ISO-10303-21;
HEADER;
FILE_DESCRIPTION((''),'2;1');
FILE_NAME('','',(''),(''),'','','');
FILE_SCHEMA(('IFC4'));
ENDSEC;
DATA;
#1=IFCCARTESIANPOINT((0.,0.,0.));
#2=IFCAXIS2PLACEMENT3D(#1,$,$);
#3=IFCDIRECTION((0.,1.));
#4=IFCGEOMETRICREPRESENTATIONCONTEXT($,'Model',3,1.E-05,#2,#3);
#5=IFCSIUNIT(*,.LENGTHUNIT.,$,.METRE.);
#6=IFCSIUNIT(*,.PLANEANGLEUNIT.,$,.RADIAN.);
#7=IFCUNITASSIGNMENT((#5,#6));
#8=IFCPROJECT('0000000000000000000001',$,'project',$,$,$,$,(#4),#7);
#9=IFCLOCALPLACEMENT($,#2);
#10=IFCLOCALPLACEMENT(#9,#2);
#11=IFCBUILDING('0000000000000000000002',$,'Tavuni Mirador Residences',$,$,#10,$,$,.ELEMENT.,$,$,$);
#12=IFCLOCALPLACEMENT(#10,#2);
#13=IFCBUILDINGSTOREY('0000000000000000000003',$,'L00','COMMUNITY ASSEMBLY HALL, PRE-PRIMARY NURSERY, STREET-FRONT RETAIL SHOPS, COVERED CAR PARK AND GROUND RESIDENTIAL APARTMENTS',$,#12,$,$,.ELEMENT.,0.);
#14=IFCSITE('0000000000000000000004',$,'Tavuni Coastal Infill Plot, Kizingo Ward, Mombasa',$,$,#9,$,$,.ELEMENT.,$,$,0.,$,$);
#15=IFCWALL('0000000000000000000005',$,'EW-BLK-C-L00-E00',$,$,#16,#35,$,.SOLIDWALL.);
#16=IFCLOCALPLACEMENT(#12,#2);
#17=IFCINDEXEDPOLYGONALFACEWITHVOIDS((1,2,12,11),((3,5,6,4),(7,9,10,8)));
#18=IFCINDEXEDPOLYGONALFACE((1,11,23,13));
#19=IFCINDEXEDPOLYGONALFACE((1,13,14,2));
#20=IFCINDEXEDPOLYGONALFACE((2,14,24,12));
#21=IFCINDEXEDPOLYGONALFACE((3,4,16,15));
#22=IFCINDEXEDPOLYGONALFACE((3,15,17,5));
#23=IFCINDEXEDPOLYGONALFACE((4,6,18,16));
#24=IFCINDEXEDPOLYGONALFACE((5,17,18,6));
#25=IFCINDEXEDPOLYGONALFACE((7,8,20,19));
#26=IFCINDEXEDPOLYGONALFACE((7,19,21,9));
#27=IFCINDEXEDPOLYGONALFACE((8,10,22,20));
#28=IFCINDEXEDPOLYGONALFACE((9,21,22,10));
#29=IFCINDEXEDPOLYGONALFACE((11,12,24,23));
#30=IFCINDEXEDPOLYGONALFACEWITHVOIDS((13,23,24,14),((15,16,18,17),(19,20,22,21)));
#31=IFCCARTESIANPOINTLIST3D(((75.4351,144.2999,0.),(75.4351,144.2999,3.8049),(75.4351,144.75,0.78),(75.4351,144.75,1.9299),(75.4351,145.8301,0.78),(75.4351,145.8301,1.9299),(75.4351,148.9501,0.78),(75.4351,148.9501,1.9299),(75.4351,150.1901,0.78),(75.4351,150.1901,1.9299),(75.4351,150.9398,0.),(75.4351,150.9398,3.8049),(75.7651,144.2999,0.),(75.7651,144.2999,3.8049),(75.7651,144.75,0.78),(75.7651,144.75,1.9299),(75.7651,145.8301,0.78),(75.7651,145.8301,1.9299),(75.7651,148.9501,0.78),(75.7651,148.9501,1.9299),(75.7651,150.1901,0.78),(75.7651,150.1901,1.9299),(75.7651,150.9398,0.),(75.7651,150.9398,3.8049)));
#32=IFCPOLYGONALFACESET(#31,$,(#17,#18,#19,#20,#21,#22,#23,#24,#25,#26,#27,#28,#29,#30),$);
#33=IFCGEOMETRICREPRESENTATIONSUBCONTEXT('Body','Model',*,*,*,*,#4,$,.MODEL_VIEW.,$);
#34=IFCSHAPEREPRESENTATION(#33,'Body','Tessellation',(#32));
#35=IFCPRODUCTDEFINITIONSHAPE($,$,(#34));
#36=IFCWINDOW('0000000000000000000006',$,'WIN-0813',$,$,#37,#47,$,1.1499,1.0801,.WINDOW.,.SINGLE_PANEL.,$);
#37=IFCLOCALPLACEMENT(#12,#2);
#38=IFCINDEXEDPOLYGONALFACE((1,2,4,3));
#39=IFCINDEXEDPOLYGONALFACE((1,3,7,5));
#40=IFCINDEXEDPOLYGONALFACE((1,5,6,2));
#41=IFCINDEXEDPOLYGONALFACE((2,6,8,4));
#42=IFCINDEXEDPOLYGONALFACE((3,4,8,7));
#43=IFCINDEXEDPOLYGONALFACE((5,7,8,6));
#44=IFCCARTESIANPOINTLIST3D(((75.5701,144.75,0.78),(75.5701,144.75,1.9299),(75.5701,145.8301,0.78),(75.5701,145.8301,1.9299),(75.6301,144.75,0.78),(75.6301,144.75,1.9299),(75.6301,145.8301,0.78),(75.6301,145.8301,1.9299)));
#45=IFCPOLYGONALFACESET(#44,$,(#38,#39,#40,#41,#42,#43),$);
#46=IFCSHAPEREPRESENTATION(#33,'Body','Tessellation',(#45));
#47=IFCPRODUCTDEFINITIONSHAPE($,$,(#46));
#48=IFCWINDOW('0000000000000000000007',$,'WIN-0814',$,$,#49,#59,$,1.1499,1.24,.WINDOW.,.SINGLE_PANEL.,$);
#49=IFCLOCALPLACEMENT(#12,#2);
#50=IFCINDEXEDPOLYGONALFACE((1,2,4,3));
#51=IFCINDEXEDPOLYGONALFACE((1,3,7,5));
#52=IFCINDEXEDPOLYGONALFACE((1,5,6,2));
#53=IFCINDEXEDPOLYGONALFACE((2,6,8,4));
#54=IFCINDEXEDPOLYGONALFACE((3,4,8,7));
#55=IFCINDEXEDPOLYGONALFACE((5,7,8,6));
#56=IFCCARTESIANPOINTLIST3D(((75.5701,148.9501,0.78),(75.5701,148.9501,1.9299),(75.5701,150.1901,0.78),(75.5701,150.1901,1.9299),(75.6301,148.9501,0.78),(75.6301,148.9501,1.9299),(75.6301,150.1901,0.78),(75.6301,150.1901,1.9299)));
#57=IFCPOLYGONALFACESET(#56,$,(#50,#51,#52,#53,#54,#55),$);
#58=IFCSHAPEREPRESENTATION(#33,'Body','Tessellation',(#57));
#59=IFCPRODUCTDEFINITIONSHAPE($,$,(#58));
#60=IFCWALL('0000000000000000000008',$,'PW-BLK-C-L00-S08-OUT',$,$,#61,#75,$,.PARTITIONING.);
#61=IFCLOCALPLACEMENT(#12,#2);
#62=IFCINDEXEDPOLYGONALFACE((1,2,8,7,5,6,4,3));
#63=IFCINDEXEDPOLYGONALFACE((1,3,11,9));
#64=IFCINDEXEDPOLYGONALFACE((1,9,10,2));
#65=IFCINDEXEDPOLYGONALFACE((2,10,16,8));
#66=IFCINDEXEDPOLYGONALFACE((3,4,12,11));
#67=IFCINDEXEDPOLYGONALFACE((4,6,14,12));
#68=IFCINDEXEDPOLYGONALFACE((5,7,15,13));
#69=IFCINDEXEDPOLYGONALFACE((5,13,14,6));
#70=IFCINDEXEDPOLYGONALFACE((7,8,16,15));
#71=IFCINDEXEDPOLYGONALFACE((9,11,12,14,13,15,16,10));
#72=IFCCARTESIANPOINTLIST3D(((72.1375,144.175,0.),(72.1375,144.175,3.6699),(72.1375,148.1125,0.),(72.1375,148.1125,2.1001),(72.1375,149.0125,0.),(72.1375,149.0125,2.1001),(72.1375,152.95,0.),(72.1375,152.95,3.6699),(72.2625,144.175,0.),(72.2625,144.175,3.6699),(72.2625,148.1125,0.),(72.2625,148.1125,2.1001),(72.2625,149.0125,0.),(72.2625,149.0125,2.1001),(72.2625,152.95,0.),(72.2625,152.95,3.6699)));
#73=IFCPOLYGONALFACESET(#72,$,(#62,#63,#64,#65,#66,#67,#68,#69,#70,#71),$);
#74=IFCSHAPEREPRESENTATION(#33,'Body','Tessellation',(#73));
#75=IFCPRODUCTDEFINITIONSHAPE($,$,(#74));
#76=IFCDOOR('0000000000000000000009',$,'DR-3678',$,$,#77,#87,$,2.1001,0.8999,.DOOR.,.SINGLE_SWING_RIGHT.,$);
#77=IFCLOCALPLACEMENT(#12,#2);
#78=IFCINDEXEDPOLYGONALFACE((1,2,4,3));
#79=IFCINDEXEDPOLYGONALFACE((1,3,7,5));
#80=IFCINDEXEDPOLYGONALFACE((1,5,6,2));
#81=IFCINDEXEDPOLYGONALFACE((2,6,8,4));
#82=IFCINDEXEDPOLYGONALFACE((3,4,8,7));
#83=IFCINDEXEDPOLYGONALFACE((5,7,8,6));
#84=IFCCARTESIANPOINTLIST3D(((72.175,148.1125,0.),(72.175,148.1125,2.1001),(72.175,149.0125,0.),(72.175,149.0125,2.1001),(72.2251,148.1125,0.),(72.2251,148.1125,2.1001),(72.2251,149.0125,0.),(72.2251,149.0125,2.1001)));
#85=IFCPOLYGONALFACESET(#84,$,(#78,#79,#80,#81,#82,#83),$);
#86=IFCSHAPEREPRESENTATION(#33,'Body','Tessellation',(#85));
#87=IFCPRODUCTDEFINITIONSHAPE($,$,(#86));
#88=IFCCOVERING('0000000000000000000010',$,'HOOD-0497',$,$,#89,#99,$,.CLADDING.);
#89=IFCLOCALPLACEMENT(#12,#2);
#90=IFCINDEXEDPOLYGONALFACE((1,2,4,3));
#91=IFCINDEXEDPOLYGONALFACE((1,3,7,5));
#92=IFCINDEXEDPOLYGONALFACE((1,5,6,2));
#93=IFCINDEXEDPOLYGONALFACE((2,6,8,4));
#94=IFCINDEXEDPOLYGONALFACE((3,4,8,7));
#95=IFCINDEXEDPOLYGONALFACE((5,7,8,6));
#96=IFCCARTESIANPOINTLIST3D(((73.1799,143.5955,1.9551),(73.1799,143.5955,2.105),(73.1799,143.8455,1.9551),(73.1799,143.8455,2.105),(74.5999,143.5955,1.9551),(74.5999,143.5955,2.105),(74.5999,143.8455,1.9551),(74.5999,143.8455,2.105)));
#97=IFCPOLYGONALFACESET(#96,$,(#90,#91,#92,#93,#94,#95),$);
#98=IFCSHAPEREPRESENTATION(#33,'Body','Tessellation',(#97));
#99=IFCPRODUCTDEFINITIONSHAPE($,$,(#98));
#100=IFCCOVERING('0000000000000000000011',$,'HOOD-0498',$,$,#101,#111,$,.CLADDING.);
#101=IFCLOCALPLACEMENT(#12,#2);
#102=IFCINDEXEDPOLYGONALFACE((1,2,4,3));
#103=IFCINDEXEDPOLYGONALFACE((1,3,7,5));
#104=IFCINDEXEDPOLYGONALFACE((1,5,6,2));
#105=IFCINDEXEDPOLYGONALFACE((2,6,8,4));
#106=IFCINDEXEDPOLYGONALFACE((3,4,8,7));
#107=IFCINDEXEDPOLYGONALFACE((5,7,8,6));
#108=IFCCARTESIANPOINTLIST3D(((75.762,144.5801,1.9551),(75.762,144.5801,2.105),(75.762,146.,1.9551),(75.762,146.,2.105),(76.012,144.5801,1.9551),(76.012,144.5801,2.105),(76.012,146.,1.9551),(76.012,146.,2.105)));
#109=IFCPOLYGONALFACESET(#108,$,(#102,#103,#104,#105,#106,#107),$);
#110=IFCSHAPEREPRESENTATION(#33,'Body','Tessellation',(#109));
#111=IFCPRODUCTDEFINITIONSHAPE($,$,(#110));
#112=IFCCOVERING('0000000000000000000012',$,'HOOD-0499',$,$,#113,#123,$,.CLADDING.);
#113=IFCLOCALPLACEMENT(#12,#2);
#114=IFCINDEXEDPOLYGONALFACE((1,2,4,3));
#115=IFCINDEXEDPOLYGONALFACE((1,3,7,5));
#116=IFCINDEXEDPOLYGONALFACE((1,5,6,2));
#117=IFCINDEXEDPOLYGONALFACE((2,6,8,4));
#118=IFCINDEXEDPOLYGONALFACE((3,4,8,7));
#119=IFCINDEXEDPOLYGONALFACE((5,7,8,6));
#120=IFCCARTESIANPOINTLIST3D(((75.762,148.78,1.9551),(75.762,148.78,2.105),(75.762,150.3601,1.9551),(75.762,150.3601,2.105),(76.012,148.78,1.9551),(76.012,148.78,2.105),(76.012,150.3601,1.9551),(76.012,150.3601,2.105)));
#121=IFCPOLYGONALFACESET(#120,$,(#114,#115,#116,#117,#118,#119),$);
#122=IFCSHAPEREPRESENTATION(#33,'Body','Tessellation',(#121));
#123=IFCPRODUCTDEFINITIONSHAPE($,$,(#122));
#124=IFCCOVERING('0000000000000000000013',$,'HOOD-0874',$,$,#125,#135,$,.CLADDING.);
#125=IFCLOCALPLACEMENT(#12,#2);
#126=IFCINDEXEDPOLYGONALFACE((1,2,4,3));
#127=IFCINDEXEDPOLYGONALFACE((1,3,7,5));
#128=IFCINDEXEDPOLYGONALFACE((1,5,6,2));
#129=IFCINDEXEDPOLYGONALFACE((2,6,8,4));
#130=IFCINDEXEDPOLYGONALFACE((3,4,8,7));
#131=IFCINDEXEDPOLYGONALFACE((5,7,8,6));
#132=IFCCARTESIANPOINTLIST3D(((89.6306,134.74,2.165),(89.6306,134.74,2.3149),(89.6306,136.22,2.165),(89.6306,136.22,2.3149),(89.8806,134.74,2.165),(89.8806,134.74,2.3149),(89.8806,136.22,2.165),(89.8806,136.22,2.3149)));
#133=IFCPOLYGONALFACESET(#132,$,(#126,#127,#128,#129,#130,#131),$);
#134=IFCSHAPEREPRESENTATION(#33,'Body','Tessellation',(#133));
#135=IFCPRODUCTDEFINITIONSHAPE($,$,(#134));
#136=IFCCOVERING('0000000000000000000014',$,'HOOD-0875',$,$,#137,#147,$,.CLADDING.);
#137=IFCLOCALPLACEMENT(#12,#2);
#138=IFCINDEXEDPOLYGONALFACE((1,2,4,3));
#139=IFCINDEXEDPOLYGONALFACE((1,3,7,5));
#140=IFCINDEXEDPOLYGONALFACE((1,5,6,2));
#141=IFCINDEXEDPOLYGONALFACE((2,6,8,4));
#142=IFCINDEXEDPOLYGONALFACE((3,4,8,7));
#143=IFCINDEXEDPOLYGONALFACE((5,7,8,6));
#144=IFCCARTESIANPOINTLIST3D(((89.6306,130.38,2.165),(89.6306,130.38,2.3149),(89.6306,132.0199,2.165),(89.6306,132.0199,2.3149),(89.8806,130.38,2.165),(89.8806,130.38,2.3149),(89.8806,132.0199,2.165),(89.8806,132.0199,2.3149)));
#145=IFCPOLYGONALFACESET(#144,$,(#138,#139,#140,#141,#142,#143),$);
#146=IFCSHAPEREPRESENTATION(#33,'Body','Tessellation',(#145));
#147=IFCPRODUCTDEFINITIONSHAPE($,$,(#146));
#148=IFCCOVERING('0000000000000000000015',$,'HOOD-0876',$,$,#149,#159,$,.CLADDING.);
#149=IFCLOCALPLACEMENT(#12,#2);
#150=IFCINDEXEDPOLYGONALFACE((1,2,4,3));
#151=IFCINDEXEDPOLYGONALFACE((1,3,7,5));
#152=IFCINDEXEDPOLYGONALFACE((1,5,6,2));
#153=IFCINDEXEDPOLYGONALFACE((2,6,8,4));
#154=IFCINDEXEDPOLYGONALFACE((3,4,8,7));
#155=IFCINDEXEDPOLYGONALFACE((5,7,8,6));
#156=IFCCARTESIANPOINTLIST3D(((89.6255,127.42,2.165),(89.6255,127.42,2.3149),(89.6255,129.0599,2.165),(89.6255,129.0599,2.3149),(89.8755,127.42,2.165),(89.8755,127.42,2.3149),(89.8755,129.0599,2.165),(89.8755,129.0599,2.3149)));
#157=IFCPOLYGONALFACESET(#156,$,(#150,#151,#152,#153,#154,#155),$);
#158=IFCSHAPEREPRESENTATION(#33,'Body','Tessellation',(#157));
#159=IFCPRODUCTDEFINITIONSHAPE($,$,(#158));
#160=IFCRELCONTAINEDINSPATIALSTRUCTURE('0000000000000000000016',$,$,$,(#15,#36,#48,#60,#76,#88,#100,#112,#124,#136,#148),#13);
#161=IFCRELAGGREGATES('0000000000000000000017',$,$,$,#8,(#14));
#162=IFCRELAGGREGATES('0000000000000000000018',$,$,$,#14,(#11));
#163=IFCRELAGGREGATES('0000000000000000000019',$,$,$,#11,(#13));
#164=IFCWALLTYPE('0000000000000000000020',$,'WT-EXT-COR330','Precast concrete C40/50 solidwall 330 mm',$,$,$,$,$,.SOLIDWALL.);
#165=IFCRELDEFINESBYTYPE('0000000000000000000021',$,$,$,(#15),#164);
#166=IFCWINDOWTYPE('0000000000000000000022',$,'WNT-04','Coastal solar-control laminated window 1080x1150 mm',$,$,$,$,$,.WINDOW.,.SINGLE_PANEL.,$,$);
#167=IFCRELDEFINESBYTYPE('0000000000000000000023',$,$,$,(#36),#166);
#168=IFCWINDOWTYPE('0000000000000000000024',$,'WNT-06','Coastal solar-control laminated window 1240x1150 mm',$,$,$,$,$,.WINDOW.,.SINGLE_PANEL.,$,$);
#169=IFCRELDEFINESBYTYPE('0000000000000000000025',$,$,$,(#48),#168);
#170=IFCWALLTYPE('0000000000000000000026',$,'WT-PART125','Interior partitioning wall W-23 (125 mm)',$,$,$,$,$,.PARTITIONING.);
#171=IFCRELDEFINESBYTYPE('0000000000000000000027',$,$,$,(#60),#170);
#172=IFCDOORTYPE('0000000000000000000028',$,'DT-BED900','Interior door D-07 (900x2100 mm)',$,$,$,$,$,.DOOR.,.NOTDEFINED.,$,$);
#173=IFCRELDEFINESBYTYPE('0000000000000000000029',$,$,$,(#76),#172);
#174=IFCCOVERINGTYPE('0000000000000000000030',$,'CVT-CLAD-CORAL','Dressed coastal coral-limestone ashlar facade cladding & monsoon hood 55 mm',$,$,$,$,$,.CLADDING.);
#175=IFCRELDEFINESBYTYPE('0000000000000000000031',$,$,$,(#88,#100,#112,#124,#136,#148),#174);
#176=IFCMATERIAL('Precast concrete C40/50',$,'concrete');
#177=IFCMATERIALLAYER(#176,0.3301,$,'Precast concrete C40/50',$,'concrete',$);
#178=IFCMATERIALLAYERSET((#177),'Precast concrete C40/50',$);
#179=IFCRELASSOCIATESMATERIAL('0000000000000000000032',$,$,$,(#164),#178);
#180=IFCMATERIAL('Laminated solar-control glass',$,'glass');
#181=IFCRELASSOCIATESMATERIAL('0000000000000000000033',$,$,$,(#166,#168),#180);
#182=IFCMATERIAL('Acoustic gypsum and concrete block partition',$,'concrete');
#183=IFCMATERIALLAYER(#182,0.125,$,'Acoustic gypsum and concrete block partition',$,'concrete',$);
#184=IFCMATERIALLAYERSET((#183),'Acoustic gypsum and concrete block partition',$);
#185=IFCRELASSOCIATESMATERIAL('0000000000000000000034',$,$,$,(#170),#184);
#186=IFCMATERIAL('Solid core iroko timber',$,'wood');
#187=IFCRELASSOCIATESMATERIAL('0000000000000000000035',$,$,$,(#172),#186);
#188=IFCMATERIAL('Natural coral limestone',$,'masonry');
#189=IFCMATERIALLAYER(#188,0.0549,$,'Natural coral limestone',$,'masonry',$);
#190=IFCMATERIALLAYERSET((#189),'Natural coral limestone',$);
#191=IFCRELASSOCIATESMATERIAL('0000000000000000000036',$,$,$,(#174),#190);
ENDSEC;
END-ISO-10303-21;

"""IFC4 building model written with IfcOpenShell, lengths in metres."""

from ifc_helpers import new_model, si_unit, direction, frame, frame_2d, origin, origin_2d, place, context, subcontext, project, spatial, rectangle, extrude, material, layer, layer_set, type_object, element, fill, save


model = new_model("IFC4")

# Units and contexts
model_context = context("Model", 3, precision=1e-05, world=origin(), true_north=direction((0.0, 1.0)))
body_context = subcontext(model_context, "Body", "Model", "MODEL_VIEW")
ifc_project = project(units=[si_unit("LENGTHUNIT", "METRE"), si_unit("PLANEANGLEUNIT", "RADIAN")], contexts=[model_context])

# Site, building, storey
site_placement = place(None, origin())
site = spatial("IfcSite", under=ifc_project, at=site_placement, Name="Tavuni Coastal Infill Plot, Kizingo Ward, Mombasa", CompositionType="ELEMENT", RefElevation=0.0)
building_placement = place(site_placement, origin())
building = spatial("IfcBuilding", under=site, at=building_placement, Name="Tavuni Mirador Residences", CompositionType="ELEMENT")
storey_placement = place(building_placement, origin())
storey = spatial("IfcBuildingStorey", under=building, at=storey_placement, Name="L00", Description="COMMUNITY ASSEMBLY HALL, PRE-PRIMARY NURSERY, STREET-FRONT RETAIL SHOPS, COVERED CAR PARK AND GROUND RESIDENTIAL APARTMENTS", CompositionType="ELEMENT", Elevation=0.0)

# Shared definitions
ifc_material_1 = material(Name="Precast concrete C40/50", Category="concrete")

# Wall, openings, windows
ifc_layer_1 = layer(ifc_material_1, 0.3301, Name="Precast concrete C40/50", Category="concrete")
ifc_layer_set_1 = layer_set([ifc_layer_1], Name="Precast concrete C40/50")
wall_type_1 = type_object("IfcWallType", Name="WT-EXT-COR330", Description="Precast concrete C40/50 solidwall 330 mm", PredefinedType="SOLIDWALL", material=ifc_layer_set_1)
wall_1_placement = place(storey_placement, frame((75.6001, 144.3, 0.0), z_axis=(0.0, 0.0, 1.0), x_axis=(0.0, 1.0, 0.0)))
wall_1 = element("IfcWall", 1, at=wall_1_placement, inside=storey, type_object=wall_type_1, Name="EW-BLK-C-L00-E00", PredefinedType="SOLIDWALL", context=body_context, shape_type="SweptSolid", body=[
    extrude(rectangle(XDim=6.6399, YDim=0.3301, at=frame_2d((3.3198, 0.0))), origin(), (0.0, 0.0, 1.0), 3.8049),
])
opening_1_placement = place(wall_1_placement, frame((0.45, 0.0, 0.78)))
opening_1 = element("IfcOpeningElement", 2, at=opening_1_placement, cuts=wall_1, PredefinedType="OPENING", context=body_context, shape_type="SweptSolid", body=[
    extrude(rectangle(XDim=1.0801, YDim=1.1499, at=frame_2d((0.54, 0.575))), frame((0.0, 0.175, 0.0), z_axis=(0.0, -1.0, 0.0), x_axis=(1.0, 0.0, 0.0)), (0.0, 0.0, 1.0), 0.3501),
])
opening_2_placement = place(wall_1_placement, frame((4.6499, 0.0, 0.78)))
opening_2 = element("IfcOpeningElement", 3, at=opening_2_placement, cuts=wall_1, PredefinedType="OPENING", context=body_context, shape_type="SweptSolid", body=[
    extrude(rectangle(XDim=1.24, YDim=1.1499, at=frame_2d((0.6201, 0.575))), frame((0.0, 0.175, 0.0), z_axis=(0.0, -1.0, 0.0), x_axis=(1.0, 0.0, 0.0)), (0.0, 0.0, 1.0), 0.3501),
])
ifc_material_2 = material(Name="Laminated solar-control glass", Category="glass")
window_type_1 = type_object("IfcWindowType", Name="WNT-04", Description="Coastal solar-control laminated window 1080x1150 mm", PartitioningType="SINGLE_PANEL", PredefinedType="WINDOW", material=ifc_material_2)
window_1_placement = place(opening_1_placement, origin())
window_1 = element("IfcWindow", 4, at=window_1_placement, inside=storey, type_object=window_type_1, Name="WIN-0813", OverallHeight=1.1499, OverallWidth=1.0801, PartitioningType="SINGLE_PANEL", PredefinedType="WINDOW", context=body_context, shape_type="SweptSolid", body=[
    extrude(rectangle(XDim=1.0801, YDim=1.1499, at=frame_2d((0.54, 0.575))), frame((0.0, 0.03, 0.0), z_axis=(0.0, -1.0, 0.0), x_axis=(1.0, 0.0, 0.0)), (0.0, 0.0, 1.0), 0.0601),
])
fill(opening_1, window_1)
window_type_2 = type_object("IfcWindowType", Name="WNT-06", Description="Coastal solar-control laminated window 1240x1150 mm", PartitioningType="SINGLE_PANEL", PredefinedType="WINDOW", material=ifc_material_2)
window_2_placement = place(opening_2_placement, origin())
window_2 = element("IfcWindow", 5, at=window_2_placement, inside=storey, type_object=window_type_2, Name="WIN-0814", OverallHeight=1.1499, OverallWidth=1.24, PartitioningType="SINGLE_PANEL", PredefinedType="WINDOW", context=body_context, shape_type="SweptSolid", body=[
    extrude(rectangle(XDim=1.24, YDim=1.1499, at=frame_2d((0.6201, 0.575))), frame((0.0, 0.03, 0.0), z_axis=(0.0, -1.0, 0.0), x_axis=(1.0, 0.0, 0.0)), (0.0, 0.0, 1.0), 0.0601),
])
fill(opening_2, window_2)

# Wall, opening, door
ifc_material_3 = material(Name="Acoustic gypsum and concrete block partition", Category="concrete")
ifc_layer_2 = layer(ifc_material_3, 0.125, Name="Acoustic gypsum and concrete block partition", Category="concrete")
ifc_layer_set_2 = layer_set([ifc_layer_2], Name="Acoustic gypsum and concrete block partition")
wall_type_2 = type_object("IfcWallType", Name="WT-PART125", Description="Interior partitioning wall W-23 (125 mm)", PredefinedType="PARTITIONING", material=ifc_layer_set_2)
wall_2_placement = place(storey_placement, frame((72.2, 144.175, 0.0), z_axis=(0.0, 0.0, 1.0), x_axis=(0.0, 1.0, 0.0)))
wall_2 = element("IfcWall", 6, at=wall_2_placement, inside=storey, type_object=wall_type_2, Name="PW-BLK-C-L00-S08-OUT", PredefinedType="PARTITIONING", context=body_context, shape_type="SweptSolid", body=[
    extrude(rectangle(XDim=8.7749, YDim=0.125, at=frame_2d((4.3875, 0.0))), origin(), (0.0, 0.0, 1.0), 3.6699),
])
opening_3_placement = place(wall_2_placement, frame((3.9375, 0.0, 0.0)))
opening_3 = element("IfcOpeningElement", 7, at=opening_3_placement, cuts=wall_2, PredefinedType="OPENING", context=body_context, shape_type="SweptSolid", body=[
    extrude(rectangle(XDim=0.8999, YDim=2.1001, at=frame_2d((0.45, 1.05))), frame((0.0, 0.0725, 0.0), z_axis=(0.0, -1.0, 0.0), x_axis=(1.0, 0.0, 0.0)), (0.0, 0.0, 1.0), 0.145),
])
ifc_material_4 = material(Name="Solid core iroko timber", Category="wood")
door_type = type_object("IfcDoorType", Name="DT-BED900", Description="Interior door D-07 (900x2100 mm)", OperationType="NOTDEFINED", PredefinedType="DOOR", material=ifc_material_4)
door_placement = place(opening_3_placement, origin())
door = element("IfcDoor", 8, at=door_placement, inside=storey, type_object=door_type, Name="DR-3678", OperationType="SINGLE_SWING_RIGHT", OverallHeight=2.1001, OverallWidth=0.8999, PredefinedType="DOOR", context=body_context, shape_type="SweptSolid", body=[
    extrude(rectangle(XDim=0.8999, YDim=2.1001, at=frame_2d((0.45, 1.05))), frame((0.0, 0.0249, 0.0), z_axis=(0.0, -1.0, 0.0), x_axis=(1.0, 0.0, 0.0)), (0.0, 0.0, 1.0), 0.05),
])
fill(opening_3, door)

# Coverings
ifc_material_5 = material(Name="Natural coral limestone", Category="masonry")
ifc_layer_3 = layer(ifc_material_5, 0.0549, Name="Natural coral limestone", Category="masonry")
ifc_layer_set_3 = layer_set([ifc_layer_3], Name="Natural coral limestone")
covering_type = type_object("IfcCoveringType", Name="CVT-CLAD-CORAL", Description="Dressed coastal coral-limestone ashlar facade cladding & monsoon hood 55 mm", PredefinedType="CLADDING", material=ifc_layer_set_3)
for number, where, z_axis, x_axis, name in (
    (9, (73.8899, 143.7205, 1.9551), (0.0, 0.0, 1.0), (1.0, 0.0, 0.0), "HOOD-0497"),
    (10, (75.887, 145.29, 1.9551), (0.0, 0.0, 1.0), (0.0, 1.0, 0.0), "HOOD-0498"),
):
    element("IfcCovering", number, at=place(storey_placement, frame(where, z_axis=z_axis, x_axis=x_axis)), inside=storey, type_object=covering_type, Name=name, PredefinedType="CLADDING", context=body_context, shape_type="SweptSolid", body=[
        extrude(rectangle(XDim=1.4199, YDim=0.25, at=origin_2d()), origin(), (0.0, 0.0, 1.0), 0.1499),
    ])
covering_1_placement = place(storey_placement, frame((75.887, 149.5701, 1.9551), z_axis=(0.0, 0.0, 1.0), x_axis=(0.0, 1.0, 0.0)))
element("IfcCovering", 11, at=covering_1_placement, inside=storey, type_object=covering_type, Name="HOOD-0499", PredefinedType="CLADDING", context=body_context, shape_type="SweptSolid", body=[
    extrude(rectangle(XDim=1.5801, YDim=0.25, at=origin_2d()), origin(), (0.0, 0.0, 1.0), 0.1499),
])
covering_2_placement = place(storey_placement, frame((89.7556, 135.48, 2.165), z_axis=(0.0, 0.0, 1.0), x_axis=(0.0, -1.0, 0.0)))
element("IfcCovering", 12, at=covering_2_placement, inside=storey, type_object=covering_type, Name="HOOD-0874", PredefinedType="CLADDING", context=body_context, shape_type="SweptSolid", body=[
    extrude(rectangle(XDim=1.48, YDim=0.25, at=origin_2d()), origin(), (0.0, 0.0, 1.0), 0.1499),
])
for number, where, z_axis, x_axis, name in (
    (13, (89.7556, 131.2, 2.165), (0.0, 0.0, 1.0), (0.0, -1.0, 0.0), "HOOD-0875"),
    (14, (89.7505, 128.24, 2.165), (0.0, 0.0, 1.0), (0.0, -1.0, 0.0), "HOOD-0876"),
):
    element("IfcCovering", number, at=place(storey_placement, frame(where, z_axis=z_axis, x_axis=x_axis)), inside=storey, type_object=covering_type, Name=name, PredefinedType="CLADDING", context=body_context, shape_type="SweptSolid", body=[
        extrude(rectangle(XDim=1.6399, YDim=0.25, at=origin_2d()), origin(), (0.0, 0.0, 1.0), 0.1499),
    ])

save(model, "model.ifc")
